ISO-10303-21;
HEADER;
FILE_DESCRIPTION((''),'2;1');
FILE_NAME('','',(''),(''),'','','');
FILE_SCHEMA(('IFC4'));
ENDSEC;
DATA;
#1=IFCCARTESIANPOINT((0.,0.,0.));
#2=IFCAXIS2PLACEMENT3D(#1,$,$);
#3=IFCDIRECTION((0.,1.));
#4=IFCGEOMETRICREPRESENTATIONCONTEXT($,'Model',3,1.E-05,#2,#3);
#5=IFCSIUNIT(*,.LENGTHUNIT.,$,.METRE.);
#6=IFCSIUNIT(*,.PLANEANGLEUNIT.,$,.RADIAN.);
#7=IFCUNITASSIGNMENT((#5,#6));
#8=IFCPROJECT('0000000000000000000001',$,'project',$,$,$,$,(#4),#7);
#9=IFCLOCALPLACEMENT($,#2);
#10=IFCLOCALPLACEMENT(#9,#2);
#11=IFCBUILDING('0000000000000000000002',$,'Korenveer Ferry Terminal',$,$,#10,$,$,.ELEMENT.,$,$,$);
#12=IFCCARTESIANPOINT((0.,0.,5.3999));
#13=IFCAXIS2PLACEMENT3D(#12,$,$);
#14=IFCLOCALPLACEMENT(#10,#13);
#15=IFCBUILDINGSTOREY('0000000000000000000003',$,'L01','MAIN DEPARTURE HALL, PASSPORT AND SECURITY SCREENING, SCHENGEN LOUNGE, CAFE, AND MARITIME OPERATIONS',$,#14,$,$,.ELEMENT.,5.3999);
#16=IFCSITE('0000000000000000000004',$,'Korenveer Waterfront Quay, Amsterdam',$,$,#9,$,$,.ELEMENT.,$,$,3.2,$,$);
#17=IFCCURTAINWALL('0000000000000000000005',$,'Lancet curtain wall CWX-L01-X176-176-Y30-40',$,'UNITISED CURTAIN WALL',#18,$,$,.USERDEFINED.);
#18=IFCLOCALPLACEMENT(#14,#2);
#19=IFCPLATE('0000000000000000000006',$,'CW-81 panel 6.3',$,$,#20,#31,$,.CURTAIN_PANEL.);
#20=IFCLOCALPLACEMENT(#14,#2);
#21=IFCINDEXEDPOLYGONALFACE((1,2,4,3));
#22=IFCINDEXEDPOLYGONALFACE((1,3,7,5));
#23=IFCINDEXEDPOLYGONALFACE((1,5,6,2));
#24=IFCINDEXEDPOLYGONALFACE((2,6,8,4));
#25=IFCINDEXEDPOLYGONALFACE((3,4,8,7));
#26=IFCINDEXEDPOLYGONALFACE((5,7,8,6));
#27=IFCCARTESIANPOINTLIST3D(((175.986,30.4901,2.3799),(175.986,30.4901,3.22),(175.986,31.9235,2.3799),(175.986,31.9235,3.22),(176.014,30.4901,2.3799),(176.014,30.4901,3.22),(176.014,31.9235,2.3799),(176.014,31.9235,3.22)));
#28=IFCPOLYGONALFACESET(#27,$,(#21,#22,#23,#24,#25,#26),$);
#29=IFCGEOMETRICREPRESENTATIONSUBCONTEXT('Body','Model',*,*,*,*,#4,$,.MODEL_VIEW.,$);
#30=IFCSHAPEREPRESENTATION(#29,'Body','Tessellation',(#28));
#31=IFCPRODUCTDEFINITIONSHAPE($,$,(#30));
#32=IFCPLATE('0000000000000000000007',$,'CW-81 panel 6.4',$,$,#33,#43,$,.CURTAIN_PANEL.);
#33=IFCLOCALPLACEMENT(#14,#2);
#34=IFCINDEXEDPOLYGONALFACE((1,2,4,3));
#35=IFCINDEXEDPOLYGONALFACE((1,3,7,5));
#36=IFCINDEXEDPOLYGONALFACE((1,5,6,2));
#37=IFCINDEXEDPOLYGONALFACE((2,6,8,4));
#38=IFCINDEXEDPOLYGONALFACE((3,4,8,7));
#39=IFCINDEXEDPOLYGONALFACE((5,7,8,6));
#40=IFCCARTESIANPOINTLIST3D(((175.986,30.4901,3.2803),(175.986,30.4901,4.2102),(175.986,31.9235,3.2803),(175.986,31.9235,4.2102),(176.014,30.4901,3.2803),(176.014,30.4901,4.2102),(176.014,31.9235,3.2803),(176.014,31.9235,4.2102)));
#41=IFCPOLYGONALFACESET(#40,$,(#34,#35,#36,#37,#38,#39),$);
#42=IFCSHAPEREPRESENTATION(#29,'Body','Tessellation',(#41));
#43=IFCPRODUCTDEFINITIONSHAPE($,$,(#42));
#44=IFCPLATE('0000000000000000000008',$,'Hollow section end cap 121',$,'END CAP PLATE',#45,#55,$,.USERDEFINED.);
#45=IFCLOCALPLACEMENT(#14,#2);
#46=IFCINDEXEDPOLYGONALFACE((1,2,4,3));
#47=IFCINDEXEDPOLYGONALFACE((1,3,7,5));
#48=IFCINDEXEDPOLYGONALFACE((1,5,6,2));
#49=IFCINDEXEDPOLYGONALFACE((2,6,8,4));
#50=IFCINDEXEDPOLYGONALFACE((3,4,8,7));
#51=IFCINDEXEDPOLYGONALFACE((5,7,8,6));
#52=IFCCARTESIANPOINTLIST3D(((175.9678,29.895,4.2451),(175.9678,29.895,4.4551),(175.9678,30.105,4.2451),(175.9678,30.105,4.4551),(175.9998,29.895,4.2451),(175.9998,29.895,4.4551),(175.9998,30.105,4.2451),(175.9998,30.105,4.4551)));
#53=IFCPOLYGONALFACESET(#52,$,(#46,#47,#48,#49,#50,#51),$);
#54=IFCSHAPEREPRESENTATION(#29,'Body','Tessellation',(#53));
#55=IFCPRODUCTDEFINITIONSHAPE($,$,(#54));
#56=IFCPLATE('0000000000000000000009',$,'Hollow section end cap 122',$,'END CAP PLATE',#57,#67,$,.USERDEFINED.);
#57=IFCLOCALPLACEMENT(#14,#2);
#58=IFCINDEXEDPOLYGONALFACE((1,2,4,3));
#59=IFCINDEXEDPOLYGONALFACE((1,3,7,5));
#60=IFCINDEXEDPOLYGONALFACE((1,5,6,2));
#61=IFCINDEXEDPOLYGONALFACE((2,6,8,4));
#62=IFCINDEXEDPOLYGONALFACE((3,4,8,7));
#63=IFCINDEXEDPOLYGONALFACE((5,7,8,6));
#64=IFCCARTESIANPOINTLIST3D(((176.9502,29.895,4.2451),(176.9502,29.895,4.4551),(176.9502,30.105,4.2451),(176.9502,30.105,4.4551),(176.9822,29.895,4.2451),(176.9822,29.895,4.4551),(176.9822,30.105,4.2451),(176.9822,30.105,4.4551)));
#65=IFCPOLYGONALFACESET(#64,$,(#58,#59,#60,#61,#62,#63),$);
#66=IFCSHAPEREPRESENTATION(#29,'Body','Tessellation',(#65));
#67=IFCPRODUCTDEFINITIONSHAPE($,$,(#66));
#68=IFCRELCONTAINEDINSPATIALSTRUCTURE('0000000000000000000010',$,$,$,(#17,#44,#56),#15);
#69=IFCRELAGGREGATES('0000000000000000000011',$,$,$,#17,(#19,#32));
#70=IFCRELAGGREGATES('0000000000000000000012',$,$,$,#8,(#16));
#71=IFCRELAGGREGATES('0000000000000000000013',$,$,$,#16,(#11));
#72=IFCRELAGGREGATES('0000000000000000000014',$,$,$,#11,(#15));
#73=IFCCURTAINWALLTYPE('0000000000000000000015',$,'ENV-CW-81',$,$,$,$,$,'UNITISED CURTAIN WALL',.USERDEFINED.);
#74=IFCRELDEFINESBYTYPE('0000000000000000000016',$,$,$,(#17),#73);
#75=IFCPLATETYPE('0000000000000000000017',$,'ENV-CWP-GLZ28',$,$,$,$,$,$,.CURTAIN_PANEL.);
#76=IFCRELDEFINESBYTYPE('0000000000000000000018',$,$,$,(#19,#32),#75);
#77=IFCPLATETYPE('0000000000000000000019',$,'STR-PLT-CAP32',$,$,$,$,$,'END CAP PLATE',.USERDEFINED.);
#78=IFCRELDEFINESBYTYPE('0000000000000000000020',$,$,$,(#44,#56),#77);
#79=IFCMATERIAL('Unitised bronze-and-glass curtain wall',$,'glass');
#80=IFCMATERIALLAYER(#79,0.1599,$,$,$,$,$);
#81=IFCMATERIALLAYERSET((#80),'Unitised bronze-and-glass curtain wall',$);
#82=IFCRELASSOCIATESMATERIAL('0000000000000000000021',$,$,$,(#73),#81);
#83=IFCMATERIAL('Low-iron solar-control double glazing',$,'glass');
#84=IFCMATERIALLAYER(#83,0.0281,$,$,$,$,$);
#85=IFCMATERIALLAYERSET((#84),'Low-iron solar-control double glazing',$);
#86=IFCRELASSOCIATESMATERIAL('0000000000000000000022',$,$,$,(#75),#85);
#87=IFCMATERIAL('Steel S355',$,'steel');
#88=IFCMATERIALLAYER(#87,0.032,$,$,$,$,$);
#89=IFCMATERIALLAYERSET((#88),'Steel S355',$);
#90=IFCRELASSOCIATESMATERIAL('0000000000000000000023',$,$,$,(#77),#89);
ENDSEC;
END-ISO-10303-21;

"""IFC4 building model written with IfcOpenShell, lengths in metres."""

from ifc_helpers import new_model, si_unit, direction, frame, origin, origin_2d, place, context, subcontext, project, spatial, rectangle, extrude, material, layer, layer_set, type_object, element, aggregate, save


model = new_model("IFC4")

# Units and contexts
model_context = context("Model", 3, precision=1e-05, world=origin(), true_north=direction((0.0, 1.0)))
body_context = subcontext(model_context, "Body", "Model", "MODEL_VIEW")
ifc_project = project(units=[si_unit("LENGTHUNIT", "METRE"), si_unit("PLANEANGLEUNIT", "RADIAN")], contexts=[model_context])

# Site, building, storey
site_placement = place(None, origin())
site = spatial("IfcSite", under=ifc_project, at=site_placement, Name="Korenveer Waterfront Quay, Amsterdam", CompositionType="ELEMENT", RefElevation=3.2)
building_placement = place(site_placement, origin())
building = spatial("IfcBuilding", under=site, at=building_placement, Name="Korenveer Ferry Terminal", CompositionType="ELEMENT")
storey_placement = place(building_placement, frame((0.0, 0.0, 5.3999)))
storey = spatial("IfcBuildingStorey", under=building, at=storey_placement, Name="L01", Description="MAIN DEPARTURE HALL, PASSPORT AND SECURITY SCREENING, SCHENGEN LOUNGE, CAFE, AND MARITIME OPERATIONS", CompositionType="ELEMENT", Elevation=5.3999)

# Shared definitions
ifc_material_1 = material(Name="Steel S355", Category="steel")

# Curtain wall
ifc_material_2 = material(Name="Unitised bronze-and-glass curtain wall", Category="glass")
ifc_layer_1 = layer(ifc_material_2, 0.1599)
ifc_layer_set_1 = layer_set([ifc_layer_1], Name="Unitised bronze-and-glass curtain wall")
curtain_wall_type = type_object("IfcCurtainWallType", Name="ENV-CW-81", ElementType="UNITISED CURTAIN WALL", PredefinedType="USERDEFINED", material=ifc_layer_set_1)
curtain_wall_placement = place(storey_placement, frame((176.0, 39.5701, 0.0)))
curtain_wall = element("IfcCurtainWall", 1, at=curtain_wall_placement, inside=storey, type_object=curtain_wall_type, Name="Lancet curtain wall CWX-L01-X176-176-Y30-40", ObjectType="UNITISED CURTAIN WALL", PredefinedType="USERDEFINED")

# Plates
ifc_material_3 = material(Name="Low-iron solar-control double glazing", Category="glass")
ifc_layer_2 = layer(ifc_material_3, 0.0281)
ifc_layer_set_2 = layer_set([ifc_layer_2], Name="Low-iron solar-control double glazing")
plate_type_1 = type_object("IfcPlateType", Name="ENV-CWP-GLZ28", PredefinedType="CURTAIN_PANEL", material=ifc_layer_set_2)
plate_1_placement = place(storey_placement, frame((176.0, 31.2068, 2.3799), z_axis=(0.0, 0.0, 1.0), x_axis=(0.0, -1.0, 0.0)))
plate_1 = element("IfcPlate", 2, at=plate_1_placement, type_object=plate_type_1, Name="CW-81 panel 6.3", PredefinedType="CURTAIN_PANEL", context=body_context, shape_type="SweptSolid", body=[
    extrude(rectangle(XDim=1.4333, YDim=0.0281, at=origin_2d()), origin(), (0.0, 0.0, 1.0), 0.8401),
])
plate_2_placement = place(storey_placement, frame((176.0, 31.2068, 3.2803), z_axis=(0.0, 0.0, 1.0), x_axis=(0.0, -1.0, 0.0)))
plate_2 = element("IfcPlate", 3, at=plate_2_placement, type_object=plate_type_1, Name="CW-81 panel 6.4", PredefinedType="CURTAIN_PANEL", context=body_context, shape_type="SweptSolid", body=[
    extrude(rectangle(XDim=1.4333, YDim=0.0281, at=origin_2d()), origin(), (0.0, 0.0, 1.0), 0.9299),
])
aggregate(curtain_wall, [plate_1, plate_2])

# Plates
ifc_layer_3 = layer(ifc_material_1, 0.032)
ifc_layer_set_3 = layer_set([ifc_layer_3], Name="Steel S355")
plate_type_2 = type_object("IfcPlateType", Name="STR-PLT-CAP32", ElementType="END CAP PLATE", PredefinedType="USERDEFINED", material=ifc_layer_set_3)
for number, where, z_axis, x_axis, name in (
    (4, (175.9678, 30.0, 4.3501), (1.0, 0.0, 0.0), (0.0, 1.0, 0.0), "Hollow section end cap 121"),
    (5, (176.9502, 30.0, 4.3501), (1.0, 0.0, 0.0), (0.0, 1.0, 0.0), "Hollow section end cap 122"),
):
    element("IfcPlate", number, at=place(storey_placement, frame(where, z_axis=z_axis, x_axis=x_axis)), inside=storey, type_object=plate_type_2, Name=name, ObjectType="END CAP PLATE", PredefinedType="USERDEFINED", context=body_context, shape_type="SweptSolid", body=[
        extrude(rectangle(XDim=0.21, YDim=0.21, at=origin_2d()), origin(), (0.0, 0.0, 1.0), 0.032),
    ])

save(model, "model.ifc")
